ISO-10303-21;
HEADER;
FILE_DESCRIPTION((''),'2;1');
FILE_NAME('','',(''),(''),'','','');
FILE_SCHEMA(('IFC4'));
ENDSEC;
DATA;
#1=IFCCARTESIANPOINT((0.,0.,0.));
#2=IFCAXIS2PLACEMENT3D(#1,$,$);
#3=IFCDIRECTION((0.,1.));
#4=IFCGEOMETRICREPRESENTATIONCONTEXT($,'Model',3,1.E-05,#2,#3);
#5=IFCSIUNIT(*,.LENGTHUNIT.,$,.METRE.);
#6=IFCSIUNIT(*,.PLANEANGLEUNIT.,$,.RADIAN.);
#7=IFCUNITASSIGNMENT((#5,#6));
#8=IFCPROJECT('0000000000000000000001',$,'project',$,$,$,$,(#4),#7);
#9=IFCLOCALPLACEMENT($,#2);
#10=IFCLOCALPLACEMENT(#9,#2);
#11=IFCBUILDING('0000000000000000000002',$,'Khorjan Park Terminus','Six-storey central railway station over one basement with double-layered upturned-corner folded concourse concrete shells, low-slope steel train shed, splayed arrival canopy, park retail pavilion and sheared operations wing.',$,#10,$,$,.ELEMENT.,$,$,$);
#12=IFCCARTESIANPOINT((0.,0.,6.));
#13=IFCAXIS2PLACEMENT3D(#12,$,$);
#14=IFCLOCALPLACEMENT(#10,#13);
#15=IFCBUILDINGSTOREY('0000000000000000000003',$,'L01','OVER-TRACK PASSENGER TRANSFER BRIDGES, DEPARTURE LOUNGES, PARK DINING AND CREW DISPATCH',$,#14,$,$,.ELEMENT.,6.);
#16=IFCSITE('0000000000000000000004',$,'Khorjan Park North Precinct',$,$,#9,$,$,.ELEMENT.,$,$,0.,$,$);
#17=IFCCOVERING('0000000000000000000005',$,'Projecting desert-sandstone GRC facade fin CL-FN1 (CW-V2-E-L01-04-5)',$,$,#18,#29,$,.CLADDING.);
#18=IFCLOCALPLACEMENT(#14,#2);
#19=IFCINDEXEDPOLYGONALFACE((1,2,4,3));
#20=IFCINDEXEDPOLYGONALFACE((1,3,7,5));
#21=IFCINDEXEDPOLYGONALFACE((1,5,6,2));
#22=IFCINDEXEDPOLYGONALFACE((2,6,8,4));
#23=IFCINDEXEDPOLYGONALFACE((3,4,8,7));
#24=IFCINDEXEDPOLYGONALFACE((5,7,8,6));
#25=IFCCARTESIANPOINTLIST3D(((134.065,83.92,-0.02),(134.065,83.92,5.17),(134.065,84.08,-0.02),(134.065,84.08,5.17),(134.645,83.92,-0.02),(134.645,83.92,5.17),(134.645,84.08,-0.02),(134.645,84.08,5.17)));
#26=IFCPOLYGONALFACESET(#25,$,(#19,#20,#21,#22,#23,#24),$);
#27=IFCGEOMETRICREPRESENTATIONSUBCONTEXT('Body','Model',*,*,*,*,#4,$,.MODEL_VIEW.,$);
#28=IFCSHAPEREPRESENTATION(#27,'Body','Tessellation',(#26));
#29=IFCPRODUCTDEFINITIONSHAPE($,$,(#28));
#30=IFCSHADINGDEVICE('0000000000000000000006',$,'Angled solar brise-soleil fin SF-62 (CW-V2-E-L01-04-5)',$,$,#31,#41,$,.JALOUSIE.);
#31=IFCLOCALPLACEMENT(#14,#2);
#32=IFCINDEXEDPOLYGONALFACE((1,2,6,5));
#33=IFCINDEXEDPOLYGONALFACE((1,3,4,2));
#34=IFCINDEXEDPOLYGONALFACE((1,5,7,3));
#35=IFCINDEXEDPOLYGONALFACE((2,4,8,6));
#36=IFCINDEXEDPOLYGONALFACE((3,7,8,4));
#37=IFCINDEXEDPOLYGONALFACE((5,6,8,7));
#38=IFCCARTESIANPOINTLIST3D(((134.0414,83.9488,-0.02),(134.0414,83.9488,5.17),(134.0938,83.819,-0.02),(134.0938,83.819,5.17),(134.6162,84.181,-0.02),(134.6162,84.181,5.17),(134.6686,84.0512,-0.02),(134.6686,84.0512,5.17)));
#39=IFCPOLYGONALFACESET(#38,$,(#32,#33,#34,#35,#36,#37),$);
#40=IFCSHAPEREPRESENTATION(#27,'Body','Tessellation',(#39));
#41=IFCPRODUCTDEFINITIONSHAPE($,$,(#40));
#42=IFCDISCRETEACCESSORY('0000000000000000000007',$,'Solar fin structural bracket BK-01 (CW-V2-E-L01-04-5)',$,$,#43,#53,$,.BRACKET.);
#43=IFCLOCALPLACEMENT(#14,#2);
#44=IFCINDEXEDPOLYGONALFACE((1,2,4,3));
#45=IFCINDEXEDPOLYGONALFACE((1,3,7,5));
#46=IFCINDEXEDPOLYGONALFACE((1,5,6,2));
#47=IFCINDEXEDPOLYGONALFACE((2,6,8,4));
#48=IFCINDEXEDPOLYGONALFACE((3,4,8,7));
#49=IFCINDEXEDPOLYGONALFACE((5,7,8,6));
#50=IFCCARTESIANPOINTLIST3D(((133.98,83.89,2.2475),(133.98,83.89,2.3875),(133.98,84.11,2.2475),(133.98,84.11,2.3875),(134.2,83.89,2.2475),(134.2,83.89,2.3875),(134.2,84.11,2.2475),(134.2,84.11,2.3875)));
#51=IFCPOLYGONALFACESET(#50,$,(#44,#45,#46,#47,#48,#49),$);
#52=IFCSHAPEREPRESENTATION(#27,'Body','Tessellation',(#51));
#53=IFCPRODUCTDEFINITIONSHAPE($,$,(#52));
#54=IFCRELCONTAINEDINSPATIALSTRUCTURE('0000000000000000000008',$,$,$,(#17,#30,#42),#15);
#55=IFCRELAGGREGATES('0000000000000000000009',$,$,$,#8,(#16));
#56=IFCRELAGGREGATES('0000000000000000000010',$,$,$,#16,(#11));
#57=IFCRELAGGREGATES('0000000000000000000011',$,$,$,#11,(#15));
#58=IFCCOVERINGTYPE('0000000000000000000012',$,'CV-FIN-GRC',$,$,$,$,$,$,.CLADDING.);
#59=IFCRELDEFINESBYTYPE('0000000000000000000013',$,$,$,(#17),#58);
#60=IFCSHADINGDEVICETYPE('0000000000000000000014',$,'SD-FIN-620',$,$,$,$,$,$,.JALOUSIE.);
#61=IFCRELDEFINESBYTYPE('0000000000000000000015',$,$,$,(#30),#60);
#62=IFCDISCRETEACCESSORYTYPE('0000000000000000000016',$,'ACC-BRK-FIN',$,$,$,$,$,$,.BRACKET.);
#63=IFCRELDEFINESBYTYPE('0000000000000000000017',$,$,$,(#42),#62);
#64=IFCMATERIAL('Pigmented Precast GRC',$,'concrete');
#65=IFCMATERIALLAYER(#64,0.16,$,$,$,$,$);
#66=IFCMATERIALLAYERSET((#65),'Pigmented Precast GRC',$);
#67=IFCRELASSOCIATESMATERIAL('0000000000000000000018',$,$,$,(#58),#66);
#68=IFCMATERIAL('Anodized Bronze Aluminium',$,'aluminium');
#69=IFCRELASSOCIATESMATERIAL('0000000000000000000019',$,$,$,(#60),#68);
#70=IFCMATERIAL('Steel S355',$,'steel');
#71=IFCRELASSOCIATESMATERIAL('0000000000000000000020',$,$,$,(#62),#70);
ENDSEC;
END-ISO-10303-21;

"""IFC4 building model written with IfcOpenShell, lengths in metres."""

from ifc_helpers import new_model, si_unit, direction, frame, origin, origin_2d, place, context, subcontext, project, spatial, rectangle, extrude, material, layer, layer_set, type_object, element, save


model = new_model("IFC4")

# Units and contexts
model_context = context("Model", 3, precision=1e-05, world=origin(), true_north=direction((0.0, 1.0)))
body_context = subcontext(model_context, "Body", "Model", "MODEL_VIEW")
ifc_project = project(units=[si_unit("LENGTHUNIT", "METRE"), si_unit("PLANEANGLEUNIT", "RADIAN")], contexts=[model_context])

# Site, building, storey
site_placement = place(None, origin())
site = spatial("IfcSite", under=ifc_project, at=site_placement, Name="Khorjan Park North Precinct", CompositionType="ELEMENT", RefElevation=0.0)
building_placement = place(site_placement, origin())
building = spatial("IfcBuilding", under=site, at=building_placement, Name="Khorjan Park Terminus", Description="Six-storey central railway station over one basement with double-layered upturned-corner folded concourse concrete shells, low-slope steel train shed, splayed arrival canopy, park retail pavilion and sheared operations wing.", CompositionType="ELEMENT")
storey_placement = place(building_placement, frame((0.0, 0.0, 6.0)))
storey = spatial("IfcBuildingStorey", under=building, at=storey_placement, Name="L01", Description="OVER-TRACK PASSENGER TRANSFER BRIDGES, DEPARTURE LOUNGES, PARK DINING AND CREW DISPATCH", CompositionType="ELEMENT", Elevation=6.0)

# Shared definitions
ifc_material_1 = material(Name="Steel S355", Category="steel")

# Shared definitions
ifc_material_2 = material(Name="Anodized Bronze Aluminium", Category="aluminium")

# Covering
ifc_material_3 = material(Name="Pigmented Precast GRC", Category="concrete")
ifc_layer_1 = layer(ifc_material_3, 0.16)
ifc_layer_set_1 = layer_set([ifc_layer_1], Name="Pigmented Precast GRC")
covering_type = type_object("IfcCoveringType", Name="CV-FIN-GRC", PredefinedType="CLADDING", material=ifc_layer_set_1)
covering_placement = place(storey_placement, frame((134.355, 84.0, -0.02), z_axis=(0.0, 0.0, 1.0), x_axis=(-1.0, 0.0, 0.0)))
element("IfcCovering", 1, at=covering_placement, inside=storey, type_object=covering_type, Name="Projecting desert-sandstone GRC facade fin CL-FN1 (CW-V2-E-L01-04-5)", PredefinedType="CLADDING", context=body_context, shape_type="SweptSolid", body=[
    extrude(rectangle(XDim=0.58, YDim=0.16, at=origin_2d()), origin(), (0.0, 0.0, 1.0), 5.19),
])

# Shading device
shading_device_type = type_object("IfcShadingDeviceType", Name="SD-FIN-620", PredefinedType="JALOUSIE", material=ifc_material_2)
shading_device_placement = place(storey_placement, frame((134.355, 84.0, -0.02), z_axis=(0.0, 0.0, 1.0), x_axis=(-0.927184, -0.374607, 0.0)))
element("IfcShadingDevice", 2, at=shading_device_placement, inside=storey, type_object=shading_device_type, Name="Angled solar brise-soleil fin SF-62 (CW-V2-E-L01-04-5)", PredefinedType="JALOUSIE", context=body_context, shape_type="SweptSolid", body=[
    extrude(rectangle(XDim=0.62, YDim=0.14, at=origin_2d()), origin(), (0.0, 0.0, 1.0), 5.19),
])

# Discrete accessory
discrete_accessory_type = type_object("IfcDiscreteAccessoryType", Name="ACC-BRK-FIN", PredefinedType="BRACKET", material=ifc_material_1)
discrete_accessory_placement = place(storey_placement, frame((134.09, 84.0, 2.2475), z_axis=(0.0, 0.0, 1.0), x_axis=(0.0, 1.0, 0.0)))
element("IfcDiscreteAccessory", 3, at=discrete_accessory_placement, inside=storey, type_object=discrete_accessory_type, Name="Solar fin structural bracket BK-01 (CW-V2-E-L01-04-5)", PredefinedType="BRACKET", context=body_context, shape_type="SweptSolid", body=[
    extrude(rectangle(XDim=0.22, YDim=0.22, at=origin_2d()), origin(), (0.0, 0.0, 1.0), 0.14),
])

save(model, "model.ifc")
